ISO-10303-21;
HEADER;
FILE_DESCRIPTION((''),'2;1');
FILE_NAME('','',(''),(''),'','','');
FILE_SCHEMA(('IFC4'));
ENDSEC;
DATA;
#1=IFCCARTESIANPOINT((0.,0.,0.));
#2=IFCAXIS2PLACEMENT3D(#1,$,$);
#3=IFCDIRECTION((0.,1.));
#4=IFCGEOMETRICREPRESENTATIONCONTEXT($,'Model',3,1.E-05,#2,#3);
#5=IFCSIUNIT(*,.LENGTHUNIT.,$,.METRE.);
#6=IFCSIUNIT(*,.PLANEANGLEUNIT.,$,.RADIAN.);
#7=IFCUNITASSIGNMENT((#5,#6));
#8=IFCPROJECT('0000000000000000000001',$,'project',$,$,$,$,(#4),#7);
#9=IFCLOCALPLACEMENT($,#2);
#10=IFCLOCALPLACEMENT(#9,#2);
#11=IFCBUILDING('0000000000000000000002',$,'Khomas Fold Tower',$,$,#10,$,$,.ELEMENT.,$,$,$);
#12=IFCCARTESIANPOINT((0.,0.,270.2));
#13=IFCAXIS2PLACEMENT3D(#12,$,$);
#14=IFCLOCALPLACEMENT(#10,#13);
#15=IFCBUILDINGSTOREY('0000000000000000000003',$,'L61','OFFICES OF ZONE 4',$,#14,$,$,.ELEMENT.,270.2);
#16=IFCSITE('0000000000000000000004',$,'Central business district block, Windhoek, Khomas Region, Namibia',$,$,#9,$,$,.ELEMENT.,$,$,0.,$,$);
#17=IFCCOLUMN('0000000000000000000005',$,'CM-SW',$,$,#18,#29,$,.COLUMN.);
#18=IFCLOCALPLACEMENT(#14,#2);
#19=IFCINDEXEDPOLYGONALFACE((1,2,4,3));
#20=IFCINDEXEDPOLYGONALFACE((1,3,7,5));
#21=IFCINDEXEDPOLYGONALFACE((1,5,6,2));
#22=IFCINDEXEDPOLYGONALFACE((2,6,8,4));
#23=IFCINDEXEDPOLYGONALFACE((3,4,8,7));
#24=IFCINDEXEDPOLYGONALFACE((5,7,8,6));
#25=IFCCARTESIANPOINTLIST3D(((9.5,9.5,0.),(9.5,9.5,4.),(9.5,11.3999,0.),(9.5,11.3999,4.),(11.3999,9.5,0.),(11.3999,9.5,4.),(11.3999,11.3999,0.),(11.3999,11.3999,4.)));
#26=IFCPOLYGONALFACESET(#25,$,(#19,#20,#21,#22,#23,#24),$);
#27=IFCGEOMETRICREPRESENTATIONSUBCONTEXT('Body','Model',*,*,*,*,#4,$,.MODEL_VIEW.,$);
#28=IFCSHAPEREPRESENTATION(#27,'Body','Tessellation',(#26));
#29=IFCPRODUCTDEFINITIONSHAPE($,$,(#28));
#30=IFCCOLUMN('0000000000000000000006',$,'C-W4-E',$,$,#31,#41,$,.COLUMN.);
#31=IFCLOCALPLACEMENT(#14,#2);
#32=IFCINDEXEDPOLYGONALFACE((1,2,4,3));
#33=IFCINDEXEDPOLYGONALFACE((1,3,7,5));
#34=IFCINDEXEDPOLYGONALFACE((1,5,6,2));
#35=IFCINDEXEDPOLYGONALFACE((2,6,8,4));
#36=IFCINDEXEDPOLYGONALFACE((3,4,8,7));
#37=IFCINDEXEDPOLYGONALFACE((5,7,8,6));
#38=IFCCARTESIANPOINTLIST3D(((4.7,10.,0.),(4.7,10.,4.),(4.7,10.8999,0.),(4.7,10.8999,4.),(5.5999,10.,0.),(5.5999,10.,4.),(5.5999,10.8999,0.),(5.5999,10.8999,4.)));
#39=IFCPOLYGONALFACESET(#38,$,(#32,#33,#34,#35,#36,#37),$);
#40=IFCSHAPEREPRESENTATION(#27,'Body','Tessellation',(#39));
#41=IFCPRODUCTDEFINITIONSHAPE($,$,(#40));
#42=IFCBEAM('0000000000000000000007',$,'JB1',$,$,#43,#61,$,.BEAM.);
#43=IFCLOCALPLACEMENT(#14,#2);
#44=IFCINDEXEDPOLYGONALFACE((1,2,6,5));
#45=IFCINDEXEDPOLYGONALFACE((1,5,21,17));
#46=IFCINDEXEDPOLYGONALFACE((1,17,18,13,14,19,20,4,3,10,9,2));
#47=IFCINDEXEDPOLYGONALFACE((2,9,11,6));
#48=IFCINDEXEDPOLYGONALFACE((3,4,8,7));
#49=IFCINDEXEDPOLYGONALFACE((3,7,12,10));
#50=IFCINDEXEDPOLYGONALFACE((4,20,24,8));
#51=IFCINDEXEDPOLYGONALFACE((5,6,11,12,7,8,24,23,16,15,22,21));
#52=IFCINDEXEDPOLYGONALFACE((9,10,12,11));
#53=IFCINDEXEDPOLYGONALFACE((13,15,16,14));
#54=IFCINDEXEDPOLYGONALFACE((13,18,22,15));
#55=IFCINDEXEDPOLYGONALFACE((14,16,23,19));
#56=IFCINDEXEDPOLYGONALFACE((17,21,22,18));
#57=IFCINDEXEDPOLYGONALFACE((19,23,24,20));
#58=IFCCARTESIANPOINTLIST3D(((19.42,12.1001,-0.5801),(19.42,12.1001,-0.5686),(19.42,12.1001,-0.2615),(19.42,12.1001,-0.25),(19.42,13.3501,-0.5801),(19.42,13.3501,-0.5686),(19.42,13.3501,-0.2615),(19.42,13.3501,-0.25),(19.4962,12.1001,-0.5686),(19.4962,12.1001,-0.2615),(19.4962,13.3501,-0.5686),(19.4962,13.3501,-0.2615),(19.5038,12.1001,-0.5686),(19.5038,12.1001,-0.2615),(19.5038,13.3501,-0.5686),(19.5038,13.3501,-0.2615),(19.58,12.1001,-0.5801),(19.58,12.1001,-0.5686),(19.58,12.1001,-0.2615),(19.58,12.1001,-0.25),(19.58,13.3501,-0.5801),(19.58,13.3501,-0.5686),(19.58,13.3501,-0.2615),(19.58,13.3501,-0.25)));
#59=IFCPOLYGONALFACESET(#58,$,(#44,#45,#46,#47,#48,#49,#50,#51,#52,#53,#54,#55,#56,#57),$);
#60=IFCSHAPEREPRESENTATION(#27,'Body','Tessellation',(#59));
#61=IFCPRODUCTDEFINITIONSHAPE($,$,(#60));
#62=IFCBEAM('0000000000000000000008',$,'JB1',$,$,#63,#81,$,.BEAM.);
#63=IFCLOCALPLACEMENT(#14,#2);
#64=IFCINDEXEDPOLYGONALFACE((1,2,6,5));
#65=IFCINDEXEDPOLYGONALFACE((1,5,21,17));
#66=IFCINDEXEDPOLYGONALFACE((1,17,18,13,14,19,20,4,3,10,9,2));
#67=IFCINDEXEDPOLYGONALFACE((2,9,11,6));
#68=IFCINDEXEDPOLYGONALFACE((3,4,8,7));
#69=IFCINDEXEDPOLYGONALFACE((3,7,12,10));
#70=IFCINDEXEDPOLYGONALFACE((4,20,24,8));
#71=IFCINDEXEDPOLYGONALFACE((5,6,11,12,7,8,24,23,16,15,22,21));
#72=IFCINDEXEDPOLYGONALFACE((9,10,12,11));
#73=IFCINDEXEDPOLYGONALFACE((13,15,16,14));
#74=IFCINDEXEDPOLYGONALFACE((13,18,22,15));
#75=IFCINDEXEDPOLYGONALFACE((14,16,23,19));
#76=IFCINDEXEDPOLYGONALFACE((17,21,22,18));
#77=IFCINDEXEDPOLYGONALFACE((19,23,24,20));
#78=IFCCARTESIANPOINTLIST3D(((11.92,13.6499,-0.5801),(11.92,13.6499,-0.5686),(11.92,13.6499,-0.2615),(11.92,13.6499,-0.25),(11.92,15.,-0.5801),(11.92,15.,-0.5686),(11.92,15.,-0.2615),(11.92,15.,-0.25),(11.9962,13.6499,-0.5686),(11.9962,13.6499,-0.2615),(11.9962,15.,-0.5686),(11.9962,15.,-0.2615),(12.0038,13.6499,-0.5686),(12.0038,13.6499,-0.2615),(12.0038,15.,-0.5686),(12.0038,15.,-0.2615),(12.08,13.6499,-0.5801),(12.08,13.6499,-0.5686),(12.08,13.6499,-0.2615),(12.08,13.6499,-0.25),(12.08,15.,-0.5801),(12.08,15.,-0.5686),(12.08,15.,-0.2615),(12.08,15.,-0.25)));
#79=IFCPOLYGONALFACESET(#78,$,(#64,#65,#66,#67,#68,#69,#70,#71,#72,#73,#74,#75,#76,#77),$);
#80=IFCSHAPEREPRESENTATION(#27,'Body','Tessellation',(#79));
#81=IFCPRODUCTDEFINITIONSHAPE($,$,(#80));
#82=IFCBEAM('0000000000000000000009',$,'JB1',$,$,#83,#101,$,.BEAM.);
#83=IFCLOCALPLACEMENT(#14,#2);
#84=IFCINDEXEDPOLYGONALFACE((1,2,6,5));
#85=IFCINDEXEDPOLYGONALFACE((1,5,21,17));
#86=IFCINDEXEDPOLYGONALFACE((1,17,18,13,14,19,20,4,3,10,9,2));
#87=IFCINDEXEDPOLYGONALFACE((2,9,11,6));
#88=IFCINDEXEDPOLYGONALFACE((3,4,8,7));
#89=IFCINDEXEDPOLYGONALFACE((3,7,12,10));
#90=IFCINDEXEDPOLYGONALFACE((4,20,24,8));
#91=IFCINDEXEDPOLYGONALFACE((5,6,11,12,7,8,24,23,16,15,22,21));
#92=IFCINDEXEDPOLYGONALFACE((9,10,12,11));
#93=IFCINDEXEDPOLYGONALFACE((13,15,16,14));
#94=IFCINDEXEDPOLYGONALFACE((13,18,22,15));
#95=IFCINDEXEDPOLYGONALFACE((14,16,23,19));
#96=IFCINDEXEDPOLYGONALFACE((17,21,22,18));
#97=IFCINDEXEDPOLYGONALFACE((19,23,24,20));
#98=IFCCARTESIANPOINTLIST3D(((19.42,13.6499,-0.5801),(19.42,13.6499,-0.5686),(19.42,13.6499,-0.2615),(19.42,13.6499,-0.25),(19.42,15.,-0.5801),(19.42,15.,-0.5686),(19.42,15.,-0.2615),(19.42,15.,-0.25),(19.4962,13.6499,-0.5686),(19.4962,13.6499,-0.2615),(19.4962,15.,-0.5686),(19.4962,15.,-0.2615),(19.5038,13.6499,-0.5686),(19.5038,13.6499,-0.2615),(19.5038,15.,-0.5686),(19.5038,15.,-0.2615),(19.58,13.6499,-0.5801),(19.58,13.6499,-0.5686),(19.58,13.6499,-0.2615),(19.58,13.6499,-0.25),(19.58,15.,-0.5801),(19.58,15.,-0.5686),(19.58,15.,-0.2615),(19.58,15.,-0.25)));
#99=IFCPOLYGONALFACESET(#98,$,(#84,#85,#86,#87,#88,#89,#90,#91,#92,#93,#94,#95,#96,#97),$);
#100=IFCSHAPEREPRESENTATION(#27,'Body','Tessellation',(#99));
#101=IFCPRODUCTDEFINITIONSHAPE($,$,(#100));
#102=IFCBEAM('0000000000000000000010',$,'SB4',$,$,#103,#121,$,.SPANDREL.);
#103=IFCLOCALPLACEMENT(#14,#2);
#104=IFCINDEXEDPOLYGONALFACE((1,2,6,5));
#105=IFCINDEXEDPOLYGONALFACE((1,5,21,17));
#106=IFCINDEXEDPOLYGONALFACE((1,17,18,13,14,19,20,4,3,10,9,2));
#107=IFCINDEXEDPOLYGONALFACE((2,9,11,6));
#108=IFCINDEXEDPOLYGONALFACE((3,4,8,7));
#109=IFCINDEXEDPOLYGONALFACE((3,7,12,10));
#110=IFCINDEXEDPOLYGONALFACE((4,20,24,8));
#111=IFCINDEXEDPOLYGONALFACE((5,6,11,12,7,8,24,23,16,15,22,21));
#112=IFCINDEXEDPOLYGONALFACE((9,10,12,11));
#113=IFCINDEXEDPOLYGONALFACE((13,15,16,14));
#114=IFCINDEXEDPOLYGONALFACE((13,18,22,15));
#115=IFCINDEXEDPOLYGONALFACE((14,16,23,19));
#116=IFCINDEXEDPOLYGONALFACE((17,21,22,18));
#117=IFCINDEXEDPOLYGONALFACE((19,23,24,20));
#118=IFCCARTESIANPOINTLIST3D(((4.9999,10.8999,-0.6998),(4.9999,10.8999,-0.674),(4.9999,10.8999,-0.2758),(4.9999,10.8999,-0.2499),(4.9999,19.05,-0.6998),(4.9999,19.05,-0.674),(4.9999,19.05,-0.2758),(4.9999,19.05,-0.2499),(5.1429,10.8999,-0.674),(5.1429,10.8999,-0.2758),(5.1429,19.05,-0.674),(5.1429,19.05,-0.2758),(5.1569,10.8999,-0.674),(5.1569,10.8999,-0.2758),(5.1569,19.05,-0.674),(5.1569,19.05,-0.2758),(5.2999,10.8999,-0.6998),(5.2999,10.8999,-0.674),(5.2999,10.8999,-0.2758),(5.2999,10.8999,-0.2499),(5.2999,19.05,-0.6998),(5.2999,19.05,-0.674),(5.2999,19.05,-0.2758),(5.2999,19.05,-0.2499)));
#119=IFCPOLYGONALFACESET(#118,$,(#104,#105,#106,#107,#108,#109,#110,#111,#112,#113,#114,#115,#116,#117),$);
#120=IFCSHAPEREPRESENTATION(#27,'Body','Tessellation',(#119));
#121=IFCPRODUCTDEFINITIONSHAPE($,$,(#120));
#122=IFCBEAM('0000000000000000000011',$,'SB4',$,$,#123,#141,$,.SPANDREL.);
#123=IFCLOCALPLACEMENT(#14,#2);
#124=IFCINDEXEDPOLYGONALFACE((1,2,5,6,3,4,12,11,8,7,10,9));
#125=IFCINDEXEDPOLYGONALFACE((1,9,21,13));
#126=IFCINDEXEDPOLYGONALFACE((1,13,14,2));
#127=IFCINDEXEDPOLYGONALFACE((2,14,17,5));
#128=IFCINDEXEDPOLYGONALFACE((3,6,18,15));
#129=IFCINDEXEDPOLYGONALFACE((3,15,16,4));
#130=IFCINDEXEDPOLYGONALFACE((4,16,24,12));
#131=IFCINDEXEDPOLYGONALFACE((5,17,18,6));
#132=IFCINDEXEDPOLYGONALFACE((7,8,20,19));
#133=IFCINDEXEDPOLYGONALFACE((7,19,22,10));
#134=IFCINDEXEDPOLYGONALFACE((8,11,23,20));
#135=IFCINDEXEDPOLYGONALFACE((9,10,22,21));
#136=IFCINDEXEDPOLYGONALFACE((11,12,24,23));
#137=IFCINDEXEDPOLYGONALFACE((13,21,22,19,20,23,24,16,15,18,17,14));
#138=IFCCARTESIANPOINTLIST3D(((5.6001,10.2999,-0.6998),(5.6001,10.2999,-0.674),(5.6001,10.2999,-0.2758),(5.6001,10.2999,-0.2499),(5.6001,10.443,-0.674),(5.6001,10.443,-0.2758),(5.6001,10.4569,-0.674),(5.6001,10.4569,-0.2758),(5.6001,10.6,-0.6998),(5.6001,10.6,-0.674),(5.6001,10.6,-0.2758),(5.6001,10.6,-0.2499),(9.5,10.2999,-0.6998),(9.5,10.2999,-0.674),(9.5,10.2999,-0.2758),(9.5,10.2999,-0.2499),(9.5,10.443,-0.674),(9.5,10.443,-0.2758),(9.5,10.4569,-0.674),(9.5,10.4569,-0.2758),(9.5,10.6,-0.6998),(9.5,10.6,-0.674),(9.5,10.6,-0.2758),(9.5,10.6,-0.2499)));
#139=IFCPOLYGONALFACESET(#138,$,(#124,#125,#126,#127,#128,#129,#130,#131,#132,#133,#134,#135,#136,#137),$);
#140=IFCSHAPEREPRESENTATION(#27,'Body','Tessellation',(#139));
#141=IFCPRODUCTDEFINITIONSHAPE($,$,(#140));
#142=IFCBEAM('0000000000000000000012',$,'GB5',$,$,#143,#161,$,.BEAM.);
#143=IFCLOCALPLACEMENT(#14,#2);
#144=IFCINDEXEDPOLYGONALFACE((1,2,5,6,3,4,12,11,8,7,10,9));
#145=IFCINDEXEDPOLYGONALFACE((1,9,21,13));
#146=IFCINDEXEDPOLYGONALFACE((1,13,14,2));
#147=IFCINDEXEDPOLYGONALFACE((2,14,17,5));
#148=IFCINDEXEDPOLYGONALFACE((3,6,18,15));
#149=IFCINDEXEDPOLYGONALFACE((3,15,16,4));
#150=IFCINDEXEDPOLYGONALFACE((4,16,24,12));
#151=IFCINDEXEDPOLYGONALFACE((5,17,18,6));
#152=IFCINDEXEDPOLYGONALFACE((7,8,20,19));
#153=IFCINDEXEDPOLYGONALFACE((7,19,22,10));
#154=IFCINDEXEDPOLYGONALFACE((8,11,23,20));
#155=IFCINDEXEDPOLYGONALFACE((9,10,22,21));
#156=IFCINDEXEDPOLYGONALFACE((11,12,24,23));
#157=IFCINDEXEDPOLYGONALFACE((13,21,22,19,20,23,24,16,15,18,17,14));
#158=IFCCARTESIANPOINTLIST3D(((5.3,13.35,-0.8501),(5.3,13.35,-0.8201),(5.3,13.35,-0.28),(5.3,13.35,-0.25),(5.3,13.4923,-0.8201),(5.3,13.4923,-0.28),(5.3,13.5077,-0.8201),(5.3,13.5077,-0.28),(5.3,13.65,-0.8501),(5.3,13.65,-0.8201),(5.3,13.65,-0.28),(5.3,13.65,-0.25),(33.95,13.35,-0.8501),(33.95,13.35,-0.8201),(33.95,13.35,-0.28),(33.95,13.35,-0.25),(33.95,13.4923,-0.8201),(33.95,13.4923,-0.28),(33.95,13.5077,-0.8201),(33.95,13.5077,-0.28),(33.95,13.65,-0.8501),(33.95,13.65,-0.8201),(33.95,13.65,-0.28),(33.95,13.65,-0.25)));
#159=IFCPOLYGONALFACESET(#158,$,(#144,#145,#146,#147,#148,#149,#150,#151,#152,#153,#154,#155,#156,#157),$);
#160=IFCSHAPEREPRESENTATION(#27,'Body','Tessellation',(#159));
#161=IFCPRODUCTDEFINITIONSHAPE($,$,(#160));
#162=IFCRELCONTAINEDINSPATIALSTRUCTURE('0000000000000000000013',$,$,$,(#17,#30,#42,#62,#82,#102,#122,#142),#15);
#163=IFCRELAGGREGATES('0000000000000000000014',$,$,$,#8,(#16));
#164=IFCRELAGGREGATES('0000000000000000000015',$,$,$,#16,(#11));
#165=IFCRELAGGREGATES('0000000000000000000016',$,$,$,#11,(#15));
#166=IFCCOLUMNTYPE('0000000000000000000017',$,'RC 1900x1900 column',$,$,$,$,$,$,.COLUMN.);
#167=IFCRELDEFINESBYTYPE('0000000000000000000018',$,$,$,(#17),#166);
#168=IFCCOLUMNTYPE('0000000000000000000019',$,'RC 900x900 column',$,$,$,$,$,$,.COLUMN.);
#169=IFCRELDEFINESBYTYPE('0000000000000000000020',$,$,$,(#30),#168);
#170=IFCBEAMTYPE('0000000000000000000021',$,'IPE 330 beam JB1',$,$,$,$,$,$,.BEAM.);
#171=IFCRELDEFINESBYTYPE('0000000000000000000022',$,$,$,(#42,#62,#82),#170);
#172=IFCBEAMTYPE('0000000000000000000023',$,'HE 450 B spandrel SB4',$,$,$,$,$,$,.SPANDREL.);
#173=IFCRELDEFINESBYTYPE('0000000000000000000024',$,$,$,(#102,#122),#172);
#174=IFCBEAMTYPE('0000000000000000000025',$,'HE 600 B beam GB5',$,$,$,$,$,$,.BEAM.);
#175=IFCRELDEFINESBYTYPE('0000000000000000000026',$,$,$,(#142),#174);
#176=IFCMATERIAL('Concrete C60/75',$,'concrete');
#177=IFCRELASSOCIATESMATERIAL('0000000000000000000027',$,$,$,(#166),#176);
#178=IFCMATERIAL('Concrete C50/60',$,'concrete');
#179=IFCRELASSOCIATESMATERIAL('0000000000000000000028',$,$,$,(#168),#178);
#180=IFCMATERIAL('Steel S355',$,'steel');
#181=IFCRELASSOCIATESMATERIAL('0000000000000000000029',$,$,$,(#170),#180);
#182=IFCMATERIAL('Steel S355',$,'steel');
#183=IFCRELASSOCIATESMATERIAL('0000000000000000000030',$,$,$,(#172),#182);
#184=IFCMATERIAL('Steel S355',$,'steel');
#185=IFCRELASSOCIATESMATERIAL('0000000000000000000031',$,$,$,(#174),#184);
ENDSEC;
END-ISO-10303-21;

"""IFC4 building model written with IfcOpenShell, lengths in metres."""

from ifc_helpers import new_model, si_unit, direction, frame, origin, origin_2d, place, context, subcontext, project, spatial, rectangle, i_section, extrude, source, transform, mapped, material, material_profile, profile_set, type_object, element, save


model = new_model("IFC4")

# Units and contexts
model_context = context("Model", 3, precision=1e-05, world=origin(), true_north=direction((0.0, 1.0)))
body_context = subcontext(model_context, "Body", "Model", "MODEL_VIEW")
ifc_project = project(units=[si_unit("LENGTHUNIT", "METRE"), si_unit("PLANEANGLEUNIT", "RADIAN")], contexts=[model_context])

# Site, building, storey
site_placement = place(None, origin())
site = spatial("IfcSite", under=ifc_project, at=site_placement, Name="Central business district block, Windhoek, Khomas Region, Namibia", CompositionType="ELEMENT", RefElevation=0.0)
building_placement = place(site_placement, origin())
building = spatial("IfcBuilding", under=site, at=building_placement, Name="Khomas Fold Tower", CompositionType="ELEMENT")
storey_placement = place(building_placement, frame((0.0, 0.0, 270.2)))
storey = spatial("IfcBuildingStorey", under=building, at=storey_placement, Name="L61", Description="OFFICES OF ZONE 4", CompositionType="ELEMENT", Elevation=270.2)

# Columns
ifc_material_1 = material(Name="Concrete C60/75", Category="concrete")
ifc_material_profile_1 = material_profile(ifc_material_1, rectangle(XDim=1.8999, YDim=1.8999, at=origin_2d()), Name="RC 1900x1900")
ifc_profile_set_1 = profile_set([ifc_material_profile_1], Name="Concrete C60/75")
column_type_1 = type_object("IfcColumnType", Name="RC 1900x1900 column", PredefinedType="COLUMN", material=ifc_profile_set_1)
shared_shape_1 = source(origin(), body_context, "Body", "SweptSolid", [
    extrude(rectangle(XDim=1.8999, YDim=1.8999, at=origin_2d()), origin(), (0.0, 0.0, 1.0), 4.0),
])
column_1_placement = place(storey_placement, frame((10.45, 10.45, 0.0), z_axis=(0.0, 0.0, 1.0), x_axis=(1.0, 0.0, 0.0)))
element("IfcColumn", 1, at=column_1_placement, inside=storey, type_object=column_type_1, Name="CM-SW", PredefinedType="COLUMN", context=body_context, shape_type="MappedRepresentation", body=[
    mapped(shared_shape_1, transform((0.0, 0.0, 0.0))),
])
ifc_material_2 = material(Name="Concrete C50/60", Category="concrete")
ifc_material_profile_2 = material_profile(ifc_material_2, rectangle(XDim=0.8999, YDim=0.8999, at=origin_2d()), Name="RC 900x900")
ifc_profile_set_2 = profile_set([ifc_material_profile_2], Name="Concrete C50/60")
column_type_2 = type_object("IfcColumnType", Name="RC 900x900 column", PredefinedType="COLUMN", material=ifc_profile_set_2)
shared_shape_2 = source(origin(), body_context, "Body", "SweptSolid", [
    extrude(rectangle(XDim=0.8999, YDim=0.8999, at=origin_2d()), origin(), (0.0, 0.0, 1.0), 4.0),
])
column_2_placement = place(storey_placement, frame((5.1499, 10.45, 0.0), z_axis=(0.0, 0.0, 1.0), x_axis=(1.0, 0.0, 0.0)))
element("IfcColumn", 2, at=column_2_placement, inside=storey, type_object=column_type_2, Name="C-W4-E", PredefinedType="COLUMN", context=body_context, shape_type="MappedRepresentation", body=[
    mapped(shared_shape_2, transform((0.0, 0.0, 0.0))),
])

# Beams
ifc_material_3 = material(Name="Steel S355", Category="steel")
ifc_material_profile_3 = material_profile(ifc_material_3, i_section(OverallWidth=0.1599, OverallDepth=0.3301, WebThickness=0.0076, FlangeThickness=0.0115, at=origin_2d()), Name="IPE 330")
ifc_profile_set_3 = profile_set([ifc_material_profile_3], Name="Steel S355")
beam_type_1 = type_object("IfcBeamType", Name="IPE 330 beam JB1", PredefinedType="BEAM", material=ifc_profile_set_3)
shared_shape_3 = source(origin(), body_context, "Body", "SweptSolid", [
    extrude(i_section(OverallWidth=0.1599, OverallDepth=0.3301, WebThickness=0.0076, FlangeThickness=0.0115, at=origin_2d()), origin(), (0.0, 0.0, 1.0), 1.25),
])
beam_1_placement = place(storey_placement, frame((19.5, 12.1001, -0.415), z_axis=(0.0, 1.0, 0.0), x_axis=(-1.0, 0.0, 0.0)))
element("IfcBeam", 3, at=beam_1_placement, inside=storey, type_object=beam_type_1, Name="JB1", PredefinedType="BEAM", context=body_context, shape_type="MappedRepresentation", body=[
    mapped(shared_shape_3, transform((0.0, 0.0, 0.0))),
])
shared_shape_4 = source(origin(), body_context, "Body", "SweptSolid", [
    extrude(i_section(OverallWidth=0.1599, OverallDepth=0.3301, WebThickness=0.0076, FlangeThickness=0.0115, at=origin_2d()), origin(), (0.0, 0.0, 1.0), 1.3501),
])
for number, where, z_axis, x_axis, name in (
    (4, (12.0, 13.6499, -0.415), (0.0, 1.0, 0.0), (-1.0, 0.0, 0.0), "JB1"),
    (5, (19.5, 13.6499, -0.415), (0.0, 1.0, 0.0), (-1.0, 0.0, 0.0), "JB1"),
):
    element("IfcBeam", number, at=place(storey_placement, frame(where, z_axis=z_axis, x_axis=x_axis)), inside=storey, type_object=beam_type_1, Name=name, PredefinedType="BEAM", context=body_context, shape_type="MappedRepresentation", body=[
        mapped(shared_shape_4, transform((0.0, 0.0, 0.0))),
    ])
ifc_material_4 = material(Name="Steel S355", Category="steel")
ifc_material_profile_4 = material_profile(ifc_material_4, i_section(OverallWidth=0.3, OverallDepth=0.45, WebThickness=0.0139, FlangeThickness=0.0259, at=origin_2d()), Name="HE 450 B")
ifc_profile_set_4 = profile_set([ifc_material_profile_4], Name="Steel S355")
beam_type_2 = type_object("IfcBeamType", Name="HE 450 B spandrel SB4", PredefinedType="SPANDREL", material=ifc_profile_set_4)
shared_shape_5 = source(origin(), body_context, "Body", "SweptSolid", [
    extrude(i_section(OverallWidth=0.3, OverallDepth=0.45, WebThickness=0.0139, FlangeThickness=0.0259, at=origin_2d()), origin(), (0.0, 0.0, 1.0), 8.1501),
])
beam_2_placement = place(storey_placement, frame((5.1499, 10.8999, -0.4749), z_axis=(0.0, 1.0, 0.0), x_axis=(-1.0, 0.0, 0.0)))
element("IfcBeam", 6, at=beam_2_placement, inside=storey, type_object=beam_type_2, Name="SB4", PredefinedType="SPANDREL", context=body_context, shape_type="MappedRepresentation", body=[
    mapped(shared_shape_5, transform((0.0, 0.0, 0.0))),
])
shared_shape_6 = source(origin(), body_context, "Body", "SweptSolid", [
    extrude(i_section(OverallWidth=0.3, OverallDepth=0.45, WebThickness=0.0139, FlangeThickness=0.0259, at=origin_2d()), origin(), (0.0, 0.0, 1.0), 3.8999),
])
beam_3_placement = place(storey_placement, frame((5.6001, 10.45, -0.4749), z_axis=(1.0, 0.0, 0.0), x_axis=(0.0, 1.0, 0.0)))
element("IfcBeam", 7, at=beam_3_placement, inside=storey, type_object=beam_type_2, Name="SB4", PredefinedType="SPANDREL", context=body_context, shape_type="MappedRepresentation", body=[
    mapped(shared_shape_6, transform((0.0, 0.0, 0.0))),
])
ifc_material_5 = material(Name="Steel S355", Category="steel")
ifc_material_profile_5 = material_profile(ifc_material_5, i_section(OverallWidth=0.3, OverallDepth=0.6001, WebThickness=0.0154, FlangeThickness=0.03, at=origin_2d()), Name="HE 600 B")
ifc_profile_set_5 = profile_set([ifc_material_profile_5], Name="Steel S355")
beam_type_3 = type_object("IfcBeamType", Name="HE 600 B beam GB5", PredefinedType="BEAM", material=ifc_profile_set_5)
shared_shape_7 = source(origin(), body_context, "Body", "SweptSolid", [
    extrude(i_section(OverallWidth=0.3, OverallDepth=0.6001, WebThickness=0.0154, FlangeThickness=0.03, at=origin_2d()), origin(), (0.0, 0.0, 1.0), 28.6499),
])
beam_4_placement = place(storey_placement, frame((5.3, 13.5, -0.55), z_axis=(1.0, 0.0, 0.0), x_axis=(0.0, 1.0, 0.0)))
element("IfcBeam", 8, at=beam_4_placement, inside=storey, type_object=beam_type_3, Name="GB5", PredefinedType="BEAM", context=body_context, shape_type="MappedRepresentation", body=[
    mapped(shared_shape_7, transform((0.0, 0.0, 0.0))),
])

save(model, "model.ifc")
